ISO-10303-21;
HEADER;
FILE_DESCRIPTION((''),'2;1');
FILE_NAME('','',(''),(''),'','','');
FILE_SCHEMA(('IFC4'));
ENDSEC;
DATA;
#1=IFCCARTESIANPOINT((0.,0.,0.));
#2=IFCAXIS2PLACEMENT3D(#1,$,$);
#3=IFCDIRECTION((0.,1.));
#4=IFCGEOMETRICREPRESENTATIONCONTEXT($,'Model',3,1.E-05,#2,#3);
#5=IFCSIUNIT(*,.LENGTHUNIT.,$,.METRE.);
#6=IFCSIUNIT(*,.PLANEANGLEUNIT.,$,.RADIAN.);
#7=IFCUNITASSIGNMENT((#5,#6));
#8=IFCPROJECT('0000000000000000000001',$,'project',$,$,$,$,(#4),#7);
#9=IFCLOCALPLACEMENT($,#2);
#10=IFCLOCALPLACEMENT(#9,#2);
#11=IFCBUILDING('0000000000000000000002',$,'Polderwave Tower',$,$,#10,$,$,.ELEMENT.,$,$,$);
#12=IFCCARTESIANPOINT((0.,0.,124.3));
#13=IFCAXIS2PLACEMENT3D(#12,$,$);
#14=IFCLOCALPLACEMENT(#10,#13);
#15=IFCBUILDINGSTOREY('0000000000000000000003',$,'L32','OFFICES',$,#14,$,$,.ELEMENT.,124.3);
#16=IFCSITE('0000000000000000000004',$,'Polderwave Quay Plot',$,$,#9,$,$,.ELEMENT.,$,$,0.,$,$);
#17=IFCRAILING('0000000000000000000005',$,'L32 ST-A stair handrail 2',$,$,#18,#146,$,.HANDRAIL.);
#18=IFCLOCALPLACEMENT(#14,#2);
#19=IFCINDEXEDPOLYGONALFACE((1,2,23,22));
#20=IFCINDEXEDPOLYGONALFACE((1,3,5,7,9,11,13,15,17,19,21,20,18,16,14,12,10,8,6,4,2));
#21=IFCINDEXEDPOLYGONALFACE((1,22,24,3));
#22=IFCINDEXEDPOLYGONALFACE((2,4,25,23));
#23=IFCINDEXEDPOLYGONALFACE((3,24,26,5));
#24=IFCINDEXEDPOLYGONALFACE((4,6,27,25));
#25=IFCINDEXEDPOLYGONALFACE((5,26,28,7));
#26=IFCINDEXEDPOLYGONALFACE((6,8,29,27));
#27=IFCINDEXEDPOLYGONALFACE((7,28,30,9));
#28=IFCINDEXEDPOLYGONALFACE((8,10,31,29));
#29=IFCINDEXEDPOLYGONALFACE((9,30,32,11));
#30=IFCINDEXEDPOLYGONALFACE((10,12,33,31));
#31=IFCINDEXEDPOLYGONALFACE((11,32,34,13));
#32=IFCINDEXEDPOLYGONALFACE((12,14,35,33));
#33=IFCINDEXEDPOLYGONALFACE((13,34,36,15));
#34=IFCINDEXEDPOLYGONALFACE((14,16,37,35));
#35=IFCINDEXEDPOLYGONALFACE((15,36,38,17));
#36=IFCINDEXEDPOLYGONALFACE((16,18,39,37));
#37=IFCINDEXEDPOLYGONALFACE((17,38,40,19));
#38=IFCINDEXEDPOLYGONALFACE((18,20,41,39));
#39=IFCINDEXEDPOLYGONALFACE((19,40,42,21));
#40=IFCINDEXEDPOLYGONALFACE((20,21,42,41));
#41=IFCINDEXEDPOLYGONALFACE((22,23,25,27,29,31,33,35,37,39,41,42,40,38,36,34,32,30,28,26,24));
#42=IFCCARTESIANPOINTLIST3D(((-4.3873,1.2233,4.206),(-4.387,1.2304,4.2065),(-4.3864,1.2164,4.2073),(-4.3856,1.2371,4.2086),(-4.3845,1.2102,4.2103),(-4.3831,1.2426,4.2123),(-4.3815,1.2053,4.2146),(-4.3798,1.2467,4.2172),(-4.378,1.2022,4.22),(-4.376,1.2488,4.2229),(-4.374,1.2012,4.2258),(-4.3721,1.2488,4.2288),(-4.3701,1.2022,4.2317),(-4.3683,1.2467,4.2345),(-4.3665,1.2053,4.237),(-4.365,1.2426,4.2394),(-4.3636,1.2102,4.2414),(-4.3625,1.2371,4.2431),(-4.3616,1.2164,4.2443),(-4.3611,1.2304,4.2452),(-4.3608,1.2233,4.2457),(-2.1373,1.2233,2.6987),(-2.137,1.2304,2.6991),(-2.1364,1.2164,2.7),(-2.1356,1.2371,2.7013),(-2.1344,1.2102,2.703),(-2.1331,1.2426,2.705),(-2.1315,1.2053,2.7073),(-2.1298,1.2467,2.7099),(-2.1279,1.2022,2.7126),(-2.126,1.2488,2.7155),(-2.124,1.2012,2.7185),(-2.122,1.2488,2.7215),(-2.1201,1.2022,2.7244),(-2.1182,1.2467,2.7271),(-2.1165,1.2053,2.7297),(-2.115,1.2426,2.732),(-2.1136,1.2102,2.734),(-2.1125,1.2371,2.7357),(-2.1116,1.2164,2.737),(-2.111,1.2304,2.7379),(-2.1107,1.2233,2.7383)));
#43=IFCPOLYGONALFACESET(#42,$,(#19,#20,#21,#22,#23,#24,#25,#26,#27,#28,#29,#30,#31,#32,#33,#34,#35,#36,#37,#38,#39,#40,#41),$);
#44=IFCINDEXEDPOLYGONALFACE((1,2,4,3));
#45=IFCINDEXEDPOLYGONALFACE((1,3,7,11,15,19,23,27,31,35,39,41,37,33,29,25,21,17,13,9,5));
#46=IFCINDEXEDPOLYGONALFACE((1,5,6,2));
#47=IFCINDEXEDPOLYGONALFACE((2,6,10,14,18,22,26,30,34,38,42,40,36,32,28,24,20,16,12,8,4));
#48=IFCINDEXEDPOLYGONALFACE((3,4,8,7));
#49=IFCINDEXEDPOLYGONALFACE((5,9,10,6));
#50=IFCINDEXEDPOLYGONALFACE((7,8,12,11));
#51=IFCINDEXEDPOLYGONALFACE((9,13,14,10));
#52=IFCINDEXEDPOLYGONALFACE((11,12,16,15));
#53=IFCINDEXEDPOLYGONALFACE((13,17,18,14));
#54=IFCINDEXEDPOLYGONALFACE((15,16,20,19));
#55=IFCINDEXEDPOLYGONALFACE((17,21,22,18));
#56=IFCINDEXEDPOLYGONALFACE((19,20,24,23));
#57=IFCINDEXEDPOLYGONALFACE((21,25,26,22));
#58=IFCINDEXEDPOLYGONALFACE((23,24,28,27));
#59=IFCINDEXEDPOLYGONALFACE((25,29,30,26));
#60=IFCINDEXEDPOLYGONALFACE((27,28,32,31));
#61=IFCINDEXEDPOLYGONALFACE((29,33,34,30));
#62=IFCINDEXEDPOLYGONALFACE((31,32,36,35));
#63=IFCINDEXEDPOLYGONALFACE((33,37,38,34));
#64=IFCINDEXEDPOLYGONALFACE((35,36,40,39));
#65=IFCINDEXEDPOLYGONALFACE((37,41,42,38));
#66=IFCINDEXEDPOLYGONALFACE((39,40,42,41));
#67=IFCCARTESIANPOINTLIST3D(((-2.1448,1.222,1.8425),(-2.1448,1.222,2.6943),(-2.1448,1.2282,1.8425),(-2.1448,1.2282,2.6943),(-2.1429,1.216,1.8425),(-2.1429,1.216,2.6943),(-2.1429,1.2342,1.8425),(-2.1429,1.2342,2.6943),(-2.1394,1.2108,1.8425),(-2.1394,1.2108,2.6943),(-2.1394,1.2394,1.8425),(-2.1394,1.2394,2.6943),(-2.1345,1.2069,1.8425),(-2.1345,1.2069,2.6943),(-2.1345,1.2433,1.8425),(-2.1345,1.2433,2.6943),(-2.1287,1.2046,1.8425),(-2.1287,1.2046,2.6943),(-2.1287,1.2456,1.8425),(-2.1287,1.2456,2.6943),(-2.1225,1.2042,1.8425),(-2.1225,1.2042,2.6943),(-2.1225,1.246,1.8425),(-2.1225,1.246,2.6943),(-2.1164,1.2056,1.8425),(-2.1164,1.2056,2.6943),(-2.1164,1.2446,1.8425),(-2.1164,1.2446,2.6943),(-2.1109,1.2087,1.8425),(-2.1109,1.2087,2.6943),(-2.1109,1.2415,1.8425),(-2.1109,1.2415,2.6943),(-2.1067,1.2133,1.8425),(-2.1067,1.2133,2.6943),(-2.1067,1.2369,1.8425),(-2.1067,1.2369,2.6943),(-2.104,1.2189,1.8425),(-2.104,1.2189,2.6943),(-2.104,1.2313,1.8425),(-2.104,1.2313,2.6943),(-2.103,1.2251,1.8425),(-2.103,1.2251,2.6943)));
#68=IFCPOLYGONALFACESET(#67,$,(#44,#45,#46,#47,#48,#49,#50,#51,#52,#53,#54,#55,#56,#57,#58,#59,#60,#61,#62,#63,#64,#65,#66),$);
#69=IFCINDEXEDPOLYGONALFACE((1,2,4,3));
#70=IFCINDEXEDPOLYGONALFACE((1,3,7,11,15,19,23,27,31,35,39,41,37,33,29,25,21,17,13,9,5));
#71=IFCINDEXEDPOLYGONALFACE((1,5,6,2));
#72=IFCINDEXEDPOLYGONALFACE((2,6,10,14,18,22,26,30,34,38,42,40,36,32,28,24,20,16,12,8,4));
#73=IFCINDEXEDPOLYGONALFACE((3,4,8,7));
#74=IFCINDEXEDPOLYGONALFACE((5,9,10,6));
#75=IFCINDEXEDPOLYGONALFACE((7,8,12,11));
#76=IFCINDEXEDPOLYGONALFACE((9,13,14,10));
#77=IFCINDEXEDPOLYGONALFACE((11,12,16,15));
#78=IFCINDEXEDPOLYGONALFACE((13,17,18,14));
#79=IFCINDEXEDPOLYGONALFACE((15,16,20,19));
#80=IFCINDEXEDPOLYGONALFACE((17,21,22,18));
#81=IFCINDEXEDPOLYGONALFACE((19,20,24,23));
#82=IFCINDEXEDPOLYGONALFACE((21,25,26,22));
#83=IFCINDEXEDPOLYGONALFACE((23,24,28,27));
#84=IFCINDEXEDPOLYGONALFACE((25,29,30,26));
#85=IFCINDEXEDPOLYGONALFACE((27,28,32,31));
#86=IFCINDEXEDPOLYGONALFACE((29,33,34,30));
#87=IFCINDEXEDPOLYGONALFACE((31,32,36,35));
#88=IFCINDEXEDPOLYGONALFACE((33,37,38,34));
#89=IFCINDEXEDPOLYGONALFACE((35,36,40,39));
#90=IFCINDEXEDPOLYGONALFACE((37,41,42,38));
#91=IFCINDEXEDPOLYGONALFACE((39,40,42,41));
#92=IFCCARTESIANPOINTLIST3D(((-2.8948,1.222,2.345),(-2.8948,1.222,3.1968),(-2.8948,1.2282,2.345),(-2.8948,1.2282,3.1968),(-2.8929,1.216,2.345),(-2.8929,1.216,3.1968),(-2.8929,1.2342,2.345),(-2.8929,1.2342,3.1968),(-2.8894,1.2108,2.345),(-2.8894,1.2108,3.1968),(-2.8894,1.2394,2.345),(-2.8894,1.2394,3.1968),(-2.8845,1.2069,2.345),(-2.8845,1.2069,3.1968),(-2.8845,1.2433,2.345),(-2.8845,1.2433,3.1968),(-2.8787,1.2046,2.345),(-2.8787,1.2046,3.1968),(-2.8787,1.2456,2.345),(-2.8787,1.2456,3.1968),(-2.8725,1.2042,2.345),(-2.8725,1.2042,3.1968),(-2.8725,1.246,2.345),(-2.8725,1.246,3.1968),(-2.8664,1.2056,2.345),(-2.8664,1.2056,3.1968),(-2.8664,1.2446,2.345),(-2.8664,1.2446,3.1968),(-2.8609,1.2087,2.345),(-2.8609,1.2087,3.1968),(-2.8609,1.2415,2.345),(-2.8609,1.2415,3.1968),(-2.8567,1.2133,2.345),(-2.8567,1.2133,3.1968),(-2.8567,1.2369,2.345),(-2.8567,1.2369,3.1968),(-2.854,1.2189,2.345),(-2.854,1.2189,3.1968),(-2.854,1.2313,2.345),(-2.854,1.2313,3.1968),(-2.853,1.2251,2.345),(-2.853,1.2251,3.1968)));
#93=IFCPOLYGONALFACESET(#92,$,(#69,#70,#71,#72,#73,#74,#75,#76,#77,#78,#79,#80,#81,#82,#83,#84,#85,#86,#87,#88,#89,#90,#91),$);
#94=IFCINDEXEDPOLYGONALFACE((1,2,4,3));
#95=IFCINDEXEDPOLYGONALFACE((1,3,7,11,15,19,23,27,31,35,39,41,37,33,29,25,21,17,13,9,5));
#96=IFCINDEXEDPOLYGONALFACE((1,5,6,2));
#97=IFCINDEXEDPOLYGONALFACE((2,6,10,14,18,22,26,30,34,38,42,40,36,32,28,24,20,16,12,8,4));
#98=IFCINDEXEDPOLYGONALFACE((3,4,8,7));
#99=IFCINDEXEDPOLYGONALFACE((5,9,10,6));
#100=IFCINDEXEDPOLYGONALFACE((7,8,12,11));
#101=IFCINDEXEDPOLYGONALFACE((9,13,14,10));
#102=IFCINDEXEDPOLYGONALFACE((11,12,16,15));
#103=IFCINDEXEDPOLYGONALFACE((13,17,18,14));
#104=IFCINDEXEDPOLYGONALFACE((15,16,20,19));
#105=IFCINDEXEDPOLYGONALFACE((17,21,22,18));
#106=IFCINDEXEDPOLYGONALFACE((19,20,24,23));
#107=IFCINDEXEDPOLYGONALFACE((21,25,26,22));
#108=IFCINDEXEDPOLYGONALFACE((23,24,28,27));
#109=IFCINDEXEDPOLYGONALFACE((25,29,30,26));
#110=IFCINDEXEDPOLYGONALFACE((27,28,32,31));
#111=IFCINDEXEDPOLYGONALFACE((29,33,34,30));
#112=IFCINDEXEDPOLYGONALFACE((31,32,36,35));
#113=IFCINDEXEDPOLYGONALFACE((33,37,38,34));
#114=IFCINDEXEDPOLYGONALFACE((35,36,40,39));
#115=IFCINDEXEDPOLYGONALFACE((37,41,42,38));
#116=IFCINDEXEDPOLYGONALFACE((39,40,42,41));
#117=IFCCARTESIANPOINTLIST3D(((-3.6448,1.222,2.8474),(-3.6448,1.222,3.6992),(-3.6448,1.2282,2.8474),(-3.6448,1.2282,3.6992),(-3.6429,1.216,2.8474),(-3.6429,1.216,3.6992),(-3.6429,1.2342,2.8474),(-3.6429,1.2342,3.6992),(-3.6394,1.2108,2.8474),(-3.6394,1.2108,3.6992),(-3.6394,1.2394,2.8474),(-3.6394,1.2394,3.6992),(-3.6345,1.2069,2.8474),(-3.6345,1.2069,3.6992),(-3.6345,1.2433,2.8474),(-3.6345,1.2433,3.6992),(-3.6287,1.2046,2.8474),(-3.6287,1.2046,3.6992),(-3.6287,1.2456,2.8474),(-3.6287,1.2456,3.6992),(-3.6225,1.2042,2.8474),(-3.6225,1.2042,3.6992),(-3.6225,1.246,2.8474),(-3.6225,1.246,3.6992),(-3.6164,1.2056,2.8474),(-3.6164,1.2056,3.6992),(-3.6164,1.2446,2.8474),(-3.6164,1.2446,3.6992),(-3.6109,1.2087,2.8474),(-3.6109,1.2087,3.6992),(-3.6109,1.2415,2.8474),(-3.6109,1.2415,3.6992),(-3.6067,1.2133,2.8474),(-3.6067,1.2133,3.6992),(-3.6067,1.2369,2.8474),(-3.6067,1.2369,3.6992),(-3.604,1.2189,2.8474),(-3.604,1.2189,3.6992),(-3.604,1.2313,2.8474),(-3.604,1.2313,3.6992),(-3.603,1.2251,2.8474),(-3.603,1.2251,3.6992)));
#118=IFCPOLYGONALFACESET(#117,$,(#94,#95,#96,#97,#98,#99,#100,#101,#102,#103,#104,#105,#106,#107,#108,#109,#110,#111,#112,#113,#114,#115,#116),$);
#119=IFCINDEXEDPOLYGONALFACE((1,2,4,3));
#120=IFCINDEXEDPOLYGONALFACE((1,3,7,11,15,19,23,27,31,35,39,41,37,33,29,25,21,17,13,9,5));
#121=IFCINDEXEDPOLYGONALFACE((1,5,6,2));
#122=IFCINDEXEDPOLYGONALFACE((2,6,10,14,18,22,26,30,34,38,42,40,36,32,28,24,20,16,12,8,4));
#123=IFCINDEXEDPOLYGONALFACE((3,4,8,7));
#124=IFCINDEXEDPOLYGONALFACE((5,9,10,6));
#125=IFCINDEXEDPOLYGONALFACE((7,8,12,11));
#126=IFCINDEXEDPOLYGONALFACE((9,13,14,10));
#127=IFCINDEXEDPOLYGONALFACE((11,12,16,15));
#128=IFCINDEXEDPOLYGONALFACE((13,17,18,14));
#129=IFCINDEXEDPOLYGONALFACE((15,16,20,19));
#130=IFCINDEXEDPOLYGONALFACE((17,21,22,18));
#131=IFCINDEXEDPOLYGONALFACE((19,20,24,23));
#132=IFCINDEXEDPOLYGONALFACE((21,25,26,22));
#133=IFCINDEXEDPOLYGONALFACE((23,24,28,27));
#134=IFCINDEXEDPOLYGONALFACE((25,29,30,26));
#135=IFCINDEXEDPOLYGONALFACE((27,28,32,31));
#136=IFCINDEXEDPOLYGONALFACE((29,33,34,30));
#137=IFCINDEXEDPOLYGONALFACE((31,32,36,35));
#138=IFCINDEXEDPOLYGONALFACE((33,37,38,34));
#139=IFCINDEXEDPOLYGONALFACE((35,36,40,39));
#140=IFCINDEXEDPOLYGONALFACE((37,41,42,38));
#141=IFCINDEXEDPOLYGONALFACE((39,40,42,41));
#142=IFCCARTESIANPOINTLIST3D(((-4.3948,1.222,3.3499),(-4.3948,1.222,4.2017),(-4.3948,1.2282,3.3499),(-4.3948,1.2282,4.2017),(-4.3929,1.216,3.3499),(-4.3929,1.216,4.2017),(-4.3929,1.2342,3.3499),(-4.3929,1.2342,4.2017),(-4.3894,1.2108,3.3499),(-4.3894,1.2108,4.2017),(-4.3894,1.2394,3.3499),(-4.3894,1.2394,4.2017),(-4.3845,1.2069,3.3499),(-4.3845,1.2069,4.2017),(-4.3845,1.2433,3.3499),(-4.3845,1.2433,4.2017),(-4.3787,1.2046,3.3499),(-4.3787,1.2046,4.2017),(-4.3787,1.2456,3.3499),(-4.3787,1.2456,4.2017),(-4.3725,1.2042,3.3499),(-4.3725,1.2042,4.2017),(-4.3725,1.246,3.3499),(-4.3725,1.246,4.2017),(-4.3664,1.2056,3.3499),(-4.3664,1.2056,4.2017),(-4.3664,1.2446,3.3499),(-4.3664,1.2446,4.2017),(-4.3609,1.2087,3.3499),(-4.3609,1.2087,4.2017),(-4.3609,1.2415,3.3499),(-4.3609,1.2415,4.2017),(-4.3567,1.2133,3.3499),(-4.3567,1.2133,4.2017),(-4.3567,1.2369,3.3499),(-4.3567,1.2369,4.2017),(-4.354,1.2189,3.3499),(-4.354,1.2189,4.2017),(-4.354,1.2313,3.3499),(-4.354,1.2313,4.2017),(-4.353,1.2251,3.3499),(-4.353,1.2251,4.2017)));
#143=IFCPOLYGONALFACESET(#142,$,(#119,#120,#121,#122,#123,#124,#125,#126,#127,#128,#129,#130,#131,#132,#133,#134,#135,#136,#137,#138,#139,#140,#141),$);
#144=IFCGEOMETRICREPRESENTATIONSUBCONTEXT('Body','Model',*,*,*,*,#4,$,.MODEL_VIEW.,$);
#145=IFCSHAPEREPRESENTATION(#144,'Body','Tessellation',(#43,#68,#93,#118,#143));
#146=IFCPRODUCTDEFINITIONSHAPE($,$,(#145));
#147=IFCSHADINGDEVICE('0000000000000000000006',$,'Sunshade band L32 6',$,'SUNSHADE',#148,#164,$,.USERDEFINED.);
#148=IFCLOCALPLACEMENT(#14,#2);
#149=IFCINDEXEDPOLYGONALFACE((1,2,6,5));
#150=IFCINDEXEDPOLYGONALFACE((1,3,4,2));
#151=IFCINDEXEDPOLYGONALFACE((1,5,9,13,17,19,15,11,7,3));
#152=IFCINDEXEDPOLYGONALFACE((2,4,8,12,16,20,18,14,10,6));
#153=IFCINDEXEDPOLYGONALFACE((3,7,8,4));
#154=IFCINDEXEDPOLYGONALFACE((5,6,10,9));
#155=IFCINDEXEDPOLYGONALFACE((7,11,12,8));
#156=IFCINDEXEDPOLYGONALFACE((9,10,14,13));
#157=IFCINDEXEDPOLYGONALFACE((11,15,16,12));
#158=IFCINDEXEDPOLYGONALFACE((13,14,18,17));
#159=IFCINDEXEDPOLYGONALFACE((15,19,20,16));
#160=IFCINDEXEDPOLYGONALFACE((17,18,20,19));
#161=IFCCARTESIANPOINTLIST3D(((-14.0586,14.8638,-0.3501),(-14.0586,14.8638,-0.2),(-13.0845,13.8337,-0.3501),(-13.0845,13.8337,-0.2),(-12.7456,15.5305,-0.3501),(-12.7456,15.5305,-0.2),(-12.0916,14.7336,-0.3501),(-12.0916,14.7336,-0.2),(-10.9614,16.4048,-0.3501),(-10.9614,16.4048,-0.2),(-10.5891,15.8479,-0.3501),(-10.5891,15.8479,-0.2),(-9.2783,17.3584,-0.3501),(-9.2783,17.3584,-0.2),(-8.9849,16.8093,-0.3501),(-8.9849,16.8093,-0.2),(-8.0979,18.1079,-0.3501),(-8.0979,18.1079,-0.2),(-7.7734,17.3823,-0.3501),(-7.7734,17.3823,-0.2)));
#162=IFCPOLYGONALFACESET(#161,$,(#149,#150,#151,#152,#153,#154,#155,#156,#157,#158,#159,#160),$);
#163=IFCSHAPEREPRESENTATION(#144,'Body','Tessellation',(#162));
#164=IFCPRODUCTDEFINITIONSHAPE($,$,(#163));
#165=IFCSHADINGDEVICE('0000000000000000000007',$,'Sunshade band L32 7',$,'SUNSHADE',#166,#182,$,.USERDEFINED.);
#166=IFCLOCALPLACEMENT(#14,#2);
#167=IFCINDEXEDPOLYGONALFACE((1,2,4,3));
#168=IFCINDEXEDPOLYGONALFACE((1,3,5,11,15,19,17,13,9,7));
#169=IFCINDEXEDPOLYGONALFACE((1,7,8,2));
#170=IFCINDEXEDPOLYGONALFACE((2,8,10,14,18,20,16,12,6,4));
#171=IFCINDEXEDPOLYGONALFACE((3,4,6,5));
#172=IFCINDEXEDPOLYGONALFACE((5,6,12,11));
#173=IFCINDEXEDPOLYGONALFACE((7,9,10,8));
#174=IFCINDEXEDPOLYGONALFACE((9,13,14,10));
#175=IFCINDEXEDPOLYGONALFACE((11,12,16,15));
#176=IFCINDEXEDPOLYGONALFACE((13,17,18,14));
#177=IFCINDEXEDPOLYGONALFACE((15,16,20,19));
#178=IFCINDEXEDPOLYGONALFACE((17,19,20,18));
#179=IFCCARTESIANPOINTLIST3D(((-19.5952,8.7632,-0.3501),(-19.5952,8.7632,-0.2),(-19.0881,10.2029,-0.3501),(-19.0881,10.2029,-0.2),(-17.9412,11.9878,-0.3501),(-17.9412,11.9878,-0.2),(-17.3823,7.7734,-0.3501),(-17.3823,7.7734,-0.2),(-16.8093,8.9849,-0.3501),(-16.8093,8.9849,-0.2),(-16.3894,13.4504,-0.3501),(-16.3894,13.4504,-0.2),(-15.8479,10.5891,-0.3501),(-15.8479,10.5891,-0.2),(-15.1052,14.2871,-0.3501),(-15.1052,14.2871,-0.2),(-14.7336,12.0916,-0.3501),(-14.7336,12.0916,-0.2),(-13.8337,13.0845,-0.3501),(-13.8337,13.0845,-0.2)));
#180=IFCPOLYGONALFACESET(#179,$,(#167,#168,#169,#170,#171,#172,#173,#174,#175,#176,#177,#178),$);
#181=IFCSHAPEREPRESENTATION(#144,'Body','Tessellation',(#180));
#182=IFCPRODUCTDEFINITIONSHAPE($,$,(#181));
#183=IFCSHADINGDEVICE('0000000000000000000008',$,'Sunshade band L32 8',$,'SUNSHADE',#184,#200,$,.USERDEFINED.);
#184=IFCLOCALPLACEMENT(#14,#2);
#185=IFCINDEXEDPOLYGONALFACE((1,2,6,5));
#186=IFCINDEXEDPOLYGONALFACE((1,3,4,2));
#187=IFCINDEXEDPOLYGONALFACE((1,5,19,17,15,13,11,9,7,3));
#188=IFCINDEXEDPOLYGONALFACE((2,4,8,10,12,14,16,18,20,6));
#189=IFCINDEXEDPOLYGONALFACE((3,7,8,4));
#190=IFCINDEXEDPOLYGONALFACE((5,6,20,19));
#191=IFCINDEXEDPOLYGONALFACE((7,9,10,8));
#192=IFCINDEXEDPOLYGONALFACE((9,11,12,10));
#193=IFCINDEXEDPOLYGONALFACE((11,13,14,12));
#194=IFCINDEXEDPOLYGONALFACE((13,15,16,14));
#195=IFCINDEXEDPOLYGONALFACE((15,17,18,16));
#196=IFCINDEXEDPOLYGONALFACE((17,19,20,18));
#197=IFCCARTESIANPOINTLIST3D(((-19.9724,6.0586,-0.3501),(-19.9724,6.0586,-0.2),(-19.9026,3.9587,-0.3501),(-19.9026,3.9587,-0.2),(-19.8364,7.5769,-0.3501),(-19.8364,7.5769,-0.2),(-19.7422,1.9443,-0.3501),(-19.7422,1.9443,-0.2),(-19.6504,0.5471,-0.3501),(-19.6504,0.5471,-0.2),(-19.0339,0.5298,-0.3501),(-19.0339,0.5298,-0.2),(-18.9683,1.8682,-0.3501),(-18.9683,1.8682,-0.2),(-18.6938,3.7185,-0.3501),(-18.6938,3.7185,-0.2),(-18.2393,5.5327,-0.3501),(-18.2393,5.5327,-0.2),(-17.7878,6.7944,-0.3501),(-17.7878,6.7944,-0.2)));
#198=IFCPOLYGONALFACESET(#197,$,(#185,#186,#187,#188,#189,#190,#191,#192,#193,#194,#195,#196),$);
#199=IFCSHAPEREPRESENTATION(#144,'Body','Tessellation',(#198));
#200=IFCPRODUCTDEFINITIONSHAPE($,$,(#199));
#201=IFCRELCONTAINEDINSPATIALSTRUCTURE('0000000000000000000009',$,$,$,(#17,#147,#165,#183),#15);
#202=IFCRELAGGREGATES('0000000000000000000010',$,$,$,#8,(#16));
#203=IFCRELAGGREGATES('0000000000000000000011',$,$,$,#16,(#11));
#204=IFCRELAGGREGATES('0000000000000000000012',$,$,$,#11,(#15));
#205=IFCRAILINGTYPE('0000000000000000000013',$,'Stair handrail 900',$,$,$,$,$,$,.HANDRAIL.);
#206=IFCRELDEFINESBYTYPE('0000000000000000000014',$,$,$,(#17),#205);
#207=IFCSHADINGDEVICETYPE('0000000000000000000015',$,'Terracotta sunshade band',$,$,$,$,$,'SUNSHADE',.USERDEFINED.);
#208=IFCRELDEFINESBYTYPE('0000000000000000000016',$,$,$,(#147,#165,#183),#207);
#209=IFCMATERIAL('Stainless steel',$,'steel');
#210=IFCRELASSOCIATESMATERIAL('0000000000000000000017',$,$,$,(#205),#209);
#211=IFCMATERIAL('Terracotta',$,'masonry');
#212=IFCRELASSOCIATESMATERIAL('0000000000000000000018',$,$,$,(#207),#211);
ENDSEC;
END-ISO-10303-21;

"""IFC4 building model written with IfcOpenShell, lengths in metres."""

from ifc_helpers import new_model, si_unit, direction, frame, origin, origin_2d, place, context, subcontext, project, spatial, polyline, circle, outline, extrude, material, type_object, element, save


model = new_model("IFC4")

# Units and contexts
model_context = context("Model", 3, precision=1e-05, world=origin(), true_north=direction((0.0, 1.0)))
body_context = subcontext(model_context, "Body", "Model", "MODEL_VIEW")
ifc_project = project(units=[si_unit("LENGTHUNIT", "METRE"), si_unit("PLANEANGLEUNIT", "RADIAN")], contexts=[model_context])

# Site, building, storey
site_placement = place(None, origin())
site = spatial("IfcSite", under=ifc_project, at=site_placement, Name="Polderwave Quay Plot", CompositionType="ELEMENT", RefElevation=0.0)
building_placement = place(site_placement, origin())
building = spatial("IfcBuilding", under=site, at=building_placement, Name="Polderwave Tower", CompositionType="ELEMENT")
storey_placement = place(building_placement, frame((0.0, 0.0, 124.3)))
storey = spatial("IfcBuildingStorey", under=building, at=storey_placement, Name="L32", Description="OFFICES", CompositionType="ELEMENT", Elevation=124.3)

# Shared definitions
ifc_material_1 = material(Name="Stainless steel", Category="steel")

# Railing
railing_type_1 = type_object("IfcRailingType", Name="Stair handrail 900", PredefinedType="HANDRAIL", material=ifc_material_1)
railing_1_placement = place(storey_placement, frame((-2.124, 1.2251, 1.8425)))
element("IfcRailing", 1, at=railing_1_placement, inside=storey, type_object=railing_type_1, Name="L32 ST-A stair handrail 2", PredefinedType="HANDRAIL", context=body_context, shape_type="SweptSolid", body=[
    extrude(circle(Radius=0.0239, at=origin_2d()), frame((0.0, 0.0, 0.876), z_axis=(-0.8308, 0.0, 0.556571), x_axis=(0.0, -1.0, 0.0)), (0.0, 0.0, 1.0), 2.7083),
    extrude(circle(Radius=0.021, at=origin_2d()), origin(), (0.0, 0.0, 1.0), 0.8518),
    extrude(circle(Radius=0.021, at=origin_2d()), frame((-0.75, 0.0, 0.5024)), (0.0, 0.0, 1.0), 0.8518),
    extrude(circle(Radius=0.021, at=origin_2d()), frame((-1.5, 0.0, 1.0049)), (0.0, 0.0, 1.0), 0.8518),
    extrude(circle(Radius=0.021, at=origin_2d()), frame((-2.25, 0.0, 1.5073)), (0.0, 0.0, 1.0), 0.8518),
])

# Shading devices
ifc_material_2 = material(Name="Terracotta", Category="masonry")
shading_device_type = type_object("IfcShadingDeviceType", Name="Terracotta sunshade band", ElementType="SUNSHADE", PredefinedType="USERDEFINED", material=ifc_material_2)
shading_device_1_placement = place(storey_placement, frame((0.0, 0.0, -0.3501)))
element("IfcShadingDevice", 2, at=shading_device_1_placement, inside=storey, type_object=shading_device_type, Name="Sunshade band L32 6", ObjectType="SUNSHADE", PredefinedType="USERDEFINED", context=body_context, shape_type="SweptSolid", body=[
    extrude(outline(polyline([(-7.7734, 17.3823), (-8.9849, 16.8093), (-10.5891, 15.8479), (-12.0916, 14.7336), (-13.0845, 13.8337), (-14.0586, 14.8638), (-12.7456, 15.5305), (-10.9614, 16.4048), (-9.2783, 17.3584), (-8.0979, 18.1079), (-7.7734, 17.3823)])), origin(), (0.0, 0.0, 1.0), 0.1501),
])
shading_device_2_placement = place(storey_placement, frame((0.0, 0.0, -0.3501)))
element("IfcShadingDevice", 3, at=shading_device_2_placement, inside=storey, type_object=shading_device_type, Name="Sunshade band L32 7", ObjectType="SUNSHADE", PredefinedType="USERDEFINED", context=body_context, shape_type="SweptSolid", body=[
    extrude(outline(polyline([(-13.8337, 13.0845), (-14.7336, 12.0916), (-15.8479, 10.5891), (-16.8093, 8.9849), (-17.3823, 7.7734), (-19.5952, 8.7632), (-19.0881, 10.2029), (-17.9412, 11.9878), (-16.3894, 13.4504), (-15.1052, 14.2871), (-13.8337, 13.0845)])), origin(), (0.0, 0.0, 1.0), 0.1501),
])
shading_device_3_placement = place(storey_placement, frame((0.0, 0.0, -0.3501)))
element("IfcShadingDevice", 4, at=shading_device_3_placement, inside=storey, type_object=shading_device_type, Name="Sunshade band L32 8", ObjectType="SUNSHADE", PredefinedType="USERDEFINED", context=body_context, shape_type="SweptSolid", body=[
    extrude(outline(polyline([(-17.7878, 6.7944), (-18.2393, 5.5327), (-18.6938, 3.7185), (-18.9683, 1.8682), (-19.0339, 0.5298), (-19.6504, 0.5471), (-19.7422, 1.9443), (-19.9026, 3.9587), (-19.9724, 6.0586), (-19.8364, 7.5769), (-17.7878, 6.7944)])), origin(), (0.0, 0.0, 1.0), 0.1501),
])

save(model, "model.ifc")
